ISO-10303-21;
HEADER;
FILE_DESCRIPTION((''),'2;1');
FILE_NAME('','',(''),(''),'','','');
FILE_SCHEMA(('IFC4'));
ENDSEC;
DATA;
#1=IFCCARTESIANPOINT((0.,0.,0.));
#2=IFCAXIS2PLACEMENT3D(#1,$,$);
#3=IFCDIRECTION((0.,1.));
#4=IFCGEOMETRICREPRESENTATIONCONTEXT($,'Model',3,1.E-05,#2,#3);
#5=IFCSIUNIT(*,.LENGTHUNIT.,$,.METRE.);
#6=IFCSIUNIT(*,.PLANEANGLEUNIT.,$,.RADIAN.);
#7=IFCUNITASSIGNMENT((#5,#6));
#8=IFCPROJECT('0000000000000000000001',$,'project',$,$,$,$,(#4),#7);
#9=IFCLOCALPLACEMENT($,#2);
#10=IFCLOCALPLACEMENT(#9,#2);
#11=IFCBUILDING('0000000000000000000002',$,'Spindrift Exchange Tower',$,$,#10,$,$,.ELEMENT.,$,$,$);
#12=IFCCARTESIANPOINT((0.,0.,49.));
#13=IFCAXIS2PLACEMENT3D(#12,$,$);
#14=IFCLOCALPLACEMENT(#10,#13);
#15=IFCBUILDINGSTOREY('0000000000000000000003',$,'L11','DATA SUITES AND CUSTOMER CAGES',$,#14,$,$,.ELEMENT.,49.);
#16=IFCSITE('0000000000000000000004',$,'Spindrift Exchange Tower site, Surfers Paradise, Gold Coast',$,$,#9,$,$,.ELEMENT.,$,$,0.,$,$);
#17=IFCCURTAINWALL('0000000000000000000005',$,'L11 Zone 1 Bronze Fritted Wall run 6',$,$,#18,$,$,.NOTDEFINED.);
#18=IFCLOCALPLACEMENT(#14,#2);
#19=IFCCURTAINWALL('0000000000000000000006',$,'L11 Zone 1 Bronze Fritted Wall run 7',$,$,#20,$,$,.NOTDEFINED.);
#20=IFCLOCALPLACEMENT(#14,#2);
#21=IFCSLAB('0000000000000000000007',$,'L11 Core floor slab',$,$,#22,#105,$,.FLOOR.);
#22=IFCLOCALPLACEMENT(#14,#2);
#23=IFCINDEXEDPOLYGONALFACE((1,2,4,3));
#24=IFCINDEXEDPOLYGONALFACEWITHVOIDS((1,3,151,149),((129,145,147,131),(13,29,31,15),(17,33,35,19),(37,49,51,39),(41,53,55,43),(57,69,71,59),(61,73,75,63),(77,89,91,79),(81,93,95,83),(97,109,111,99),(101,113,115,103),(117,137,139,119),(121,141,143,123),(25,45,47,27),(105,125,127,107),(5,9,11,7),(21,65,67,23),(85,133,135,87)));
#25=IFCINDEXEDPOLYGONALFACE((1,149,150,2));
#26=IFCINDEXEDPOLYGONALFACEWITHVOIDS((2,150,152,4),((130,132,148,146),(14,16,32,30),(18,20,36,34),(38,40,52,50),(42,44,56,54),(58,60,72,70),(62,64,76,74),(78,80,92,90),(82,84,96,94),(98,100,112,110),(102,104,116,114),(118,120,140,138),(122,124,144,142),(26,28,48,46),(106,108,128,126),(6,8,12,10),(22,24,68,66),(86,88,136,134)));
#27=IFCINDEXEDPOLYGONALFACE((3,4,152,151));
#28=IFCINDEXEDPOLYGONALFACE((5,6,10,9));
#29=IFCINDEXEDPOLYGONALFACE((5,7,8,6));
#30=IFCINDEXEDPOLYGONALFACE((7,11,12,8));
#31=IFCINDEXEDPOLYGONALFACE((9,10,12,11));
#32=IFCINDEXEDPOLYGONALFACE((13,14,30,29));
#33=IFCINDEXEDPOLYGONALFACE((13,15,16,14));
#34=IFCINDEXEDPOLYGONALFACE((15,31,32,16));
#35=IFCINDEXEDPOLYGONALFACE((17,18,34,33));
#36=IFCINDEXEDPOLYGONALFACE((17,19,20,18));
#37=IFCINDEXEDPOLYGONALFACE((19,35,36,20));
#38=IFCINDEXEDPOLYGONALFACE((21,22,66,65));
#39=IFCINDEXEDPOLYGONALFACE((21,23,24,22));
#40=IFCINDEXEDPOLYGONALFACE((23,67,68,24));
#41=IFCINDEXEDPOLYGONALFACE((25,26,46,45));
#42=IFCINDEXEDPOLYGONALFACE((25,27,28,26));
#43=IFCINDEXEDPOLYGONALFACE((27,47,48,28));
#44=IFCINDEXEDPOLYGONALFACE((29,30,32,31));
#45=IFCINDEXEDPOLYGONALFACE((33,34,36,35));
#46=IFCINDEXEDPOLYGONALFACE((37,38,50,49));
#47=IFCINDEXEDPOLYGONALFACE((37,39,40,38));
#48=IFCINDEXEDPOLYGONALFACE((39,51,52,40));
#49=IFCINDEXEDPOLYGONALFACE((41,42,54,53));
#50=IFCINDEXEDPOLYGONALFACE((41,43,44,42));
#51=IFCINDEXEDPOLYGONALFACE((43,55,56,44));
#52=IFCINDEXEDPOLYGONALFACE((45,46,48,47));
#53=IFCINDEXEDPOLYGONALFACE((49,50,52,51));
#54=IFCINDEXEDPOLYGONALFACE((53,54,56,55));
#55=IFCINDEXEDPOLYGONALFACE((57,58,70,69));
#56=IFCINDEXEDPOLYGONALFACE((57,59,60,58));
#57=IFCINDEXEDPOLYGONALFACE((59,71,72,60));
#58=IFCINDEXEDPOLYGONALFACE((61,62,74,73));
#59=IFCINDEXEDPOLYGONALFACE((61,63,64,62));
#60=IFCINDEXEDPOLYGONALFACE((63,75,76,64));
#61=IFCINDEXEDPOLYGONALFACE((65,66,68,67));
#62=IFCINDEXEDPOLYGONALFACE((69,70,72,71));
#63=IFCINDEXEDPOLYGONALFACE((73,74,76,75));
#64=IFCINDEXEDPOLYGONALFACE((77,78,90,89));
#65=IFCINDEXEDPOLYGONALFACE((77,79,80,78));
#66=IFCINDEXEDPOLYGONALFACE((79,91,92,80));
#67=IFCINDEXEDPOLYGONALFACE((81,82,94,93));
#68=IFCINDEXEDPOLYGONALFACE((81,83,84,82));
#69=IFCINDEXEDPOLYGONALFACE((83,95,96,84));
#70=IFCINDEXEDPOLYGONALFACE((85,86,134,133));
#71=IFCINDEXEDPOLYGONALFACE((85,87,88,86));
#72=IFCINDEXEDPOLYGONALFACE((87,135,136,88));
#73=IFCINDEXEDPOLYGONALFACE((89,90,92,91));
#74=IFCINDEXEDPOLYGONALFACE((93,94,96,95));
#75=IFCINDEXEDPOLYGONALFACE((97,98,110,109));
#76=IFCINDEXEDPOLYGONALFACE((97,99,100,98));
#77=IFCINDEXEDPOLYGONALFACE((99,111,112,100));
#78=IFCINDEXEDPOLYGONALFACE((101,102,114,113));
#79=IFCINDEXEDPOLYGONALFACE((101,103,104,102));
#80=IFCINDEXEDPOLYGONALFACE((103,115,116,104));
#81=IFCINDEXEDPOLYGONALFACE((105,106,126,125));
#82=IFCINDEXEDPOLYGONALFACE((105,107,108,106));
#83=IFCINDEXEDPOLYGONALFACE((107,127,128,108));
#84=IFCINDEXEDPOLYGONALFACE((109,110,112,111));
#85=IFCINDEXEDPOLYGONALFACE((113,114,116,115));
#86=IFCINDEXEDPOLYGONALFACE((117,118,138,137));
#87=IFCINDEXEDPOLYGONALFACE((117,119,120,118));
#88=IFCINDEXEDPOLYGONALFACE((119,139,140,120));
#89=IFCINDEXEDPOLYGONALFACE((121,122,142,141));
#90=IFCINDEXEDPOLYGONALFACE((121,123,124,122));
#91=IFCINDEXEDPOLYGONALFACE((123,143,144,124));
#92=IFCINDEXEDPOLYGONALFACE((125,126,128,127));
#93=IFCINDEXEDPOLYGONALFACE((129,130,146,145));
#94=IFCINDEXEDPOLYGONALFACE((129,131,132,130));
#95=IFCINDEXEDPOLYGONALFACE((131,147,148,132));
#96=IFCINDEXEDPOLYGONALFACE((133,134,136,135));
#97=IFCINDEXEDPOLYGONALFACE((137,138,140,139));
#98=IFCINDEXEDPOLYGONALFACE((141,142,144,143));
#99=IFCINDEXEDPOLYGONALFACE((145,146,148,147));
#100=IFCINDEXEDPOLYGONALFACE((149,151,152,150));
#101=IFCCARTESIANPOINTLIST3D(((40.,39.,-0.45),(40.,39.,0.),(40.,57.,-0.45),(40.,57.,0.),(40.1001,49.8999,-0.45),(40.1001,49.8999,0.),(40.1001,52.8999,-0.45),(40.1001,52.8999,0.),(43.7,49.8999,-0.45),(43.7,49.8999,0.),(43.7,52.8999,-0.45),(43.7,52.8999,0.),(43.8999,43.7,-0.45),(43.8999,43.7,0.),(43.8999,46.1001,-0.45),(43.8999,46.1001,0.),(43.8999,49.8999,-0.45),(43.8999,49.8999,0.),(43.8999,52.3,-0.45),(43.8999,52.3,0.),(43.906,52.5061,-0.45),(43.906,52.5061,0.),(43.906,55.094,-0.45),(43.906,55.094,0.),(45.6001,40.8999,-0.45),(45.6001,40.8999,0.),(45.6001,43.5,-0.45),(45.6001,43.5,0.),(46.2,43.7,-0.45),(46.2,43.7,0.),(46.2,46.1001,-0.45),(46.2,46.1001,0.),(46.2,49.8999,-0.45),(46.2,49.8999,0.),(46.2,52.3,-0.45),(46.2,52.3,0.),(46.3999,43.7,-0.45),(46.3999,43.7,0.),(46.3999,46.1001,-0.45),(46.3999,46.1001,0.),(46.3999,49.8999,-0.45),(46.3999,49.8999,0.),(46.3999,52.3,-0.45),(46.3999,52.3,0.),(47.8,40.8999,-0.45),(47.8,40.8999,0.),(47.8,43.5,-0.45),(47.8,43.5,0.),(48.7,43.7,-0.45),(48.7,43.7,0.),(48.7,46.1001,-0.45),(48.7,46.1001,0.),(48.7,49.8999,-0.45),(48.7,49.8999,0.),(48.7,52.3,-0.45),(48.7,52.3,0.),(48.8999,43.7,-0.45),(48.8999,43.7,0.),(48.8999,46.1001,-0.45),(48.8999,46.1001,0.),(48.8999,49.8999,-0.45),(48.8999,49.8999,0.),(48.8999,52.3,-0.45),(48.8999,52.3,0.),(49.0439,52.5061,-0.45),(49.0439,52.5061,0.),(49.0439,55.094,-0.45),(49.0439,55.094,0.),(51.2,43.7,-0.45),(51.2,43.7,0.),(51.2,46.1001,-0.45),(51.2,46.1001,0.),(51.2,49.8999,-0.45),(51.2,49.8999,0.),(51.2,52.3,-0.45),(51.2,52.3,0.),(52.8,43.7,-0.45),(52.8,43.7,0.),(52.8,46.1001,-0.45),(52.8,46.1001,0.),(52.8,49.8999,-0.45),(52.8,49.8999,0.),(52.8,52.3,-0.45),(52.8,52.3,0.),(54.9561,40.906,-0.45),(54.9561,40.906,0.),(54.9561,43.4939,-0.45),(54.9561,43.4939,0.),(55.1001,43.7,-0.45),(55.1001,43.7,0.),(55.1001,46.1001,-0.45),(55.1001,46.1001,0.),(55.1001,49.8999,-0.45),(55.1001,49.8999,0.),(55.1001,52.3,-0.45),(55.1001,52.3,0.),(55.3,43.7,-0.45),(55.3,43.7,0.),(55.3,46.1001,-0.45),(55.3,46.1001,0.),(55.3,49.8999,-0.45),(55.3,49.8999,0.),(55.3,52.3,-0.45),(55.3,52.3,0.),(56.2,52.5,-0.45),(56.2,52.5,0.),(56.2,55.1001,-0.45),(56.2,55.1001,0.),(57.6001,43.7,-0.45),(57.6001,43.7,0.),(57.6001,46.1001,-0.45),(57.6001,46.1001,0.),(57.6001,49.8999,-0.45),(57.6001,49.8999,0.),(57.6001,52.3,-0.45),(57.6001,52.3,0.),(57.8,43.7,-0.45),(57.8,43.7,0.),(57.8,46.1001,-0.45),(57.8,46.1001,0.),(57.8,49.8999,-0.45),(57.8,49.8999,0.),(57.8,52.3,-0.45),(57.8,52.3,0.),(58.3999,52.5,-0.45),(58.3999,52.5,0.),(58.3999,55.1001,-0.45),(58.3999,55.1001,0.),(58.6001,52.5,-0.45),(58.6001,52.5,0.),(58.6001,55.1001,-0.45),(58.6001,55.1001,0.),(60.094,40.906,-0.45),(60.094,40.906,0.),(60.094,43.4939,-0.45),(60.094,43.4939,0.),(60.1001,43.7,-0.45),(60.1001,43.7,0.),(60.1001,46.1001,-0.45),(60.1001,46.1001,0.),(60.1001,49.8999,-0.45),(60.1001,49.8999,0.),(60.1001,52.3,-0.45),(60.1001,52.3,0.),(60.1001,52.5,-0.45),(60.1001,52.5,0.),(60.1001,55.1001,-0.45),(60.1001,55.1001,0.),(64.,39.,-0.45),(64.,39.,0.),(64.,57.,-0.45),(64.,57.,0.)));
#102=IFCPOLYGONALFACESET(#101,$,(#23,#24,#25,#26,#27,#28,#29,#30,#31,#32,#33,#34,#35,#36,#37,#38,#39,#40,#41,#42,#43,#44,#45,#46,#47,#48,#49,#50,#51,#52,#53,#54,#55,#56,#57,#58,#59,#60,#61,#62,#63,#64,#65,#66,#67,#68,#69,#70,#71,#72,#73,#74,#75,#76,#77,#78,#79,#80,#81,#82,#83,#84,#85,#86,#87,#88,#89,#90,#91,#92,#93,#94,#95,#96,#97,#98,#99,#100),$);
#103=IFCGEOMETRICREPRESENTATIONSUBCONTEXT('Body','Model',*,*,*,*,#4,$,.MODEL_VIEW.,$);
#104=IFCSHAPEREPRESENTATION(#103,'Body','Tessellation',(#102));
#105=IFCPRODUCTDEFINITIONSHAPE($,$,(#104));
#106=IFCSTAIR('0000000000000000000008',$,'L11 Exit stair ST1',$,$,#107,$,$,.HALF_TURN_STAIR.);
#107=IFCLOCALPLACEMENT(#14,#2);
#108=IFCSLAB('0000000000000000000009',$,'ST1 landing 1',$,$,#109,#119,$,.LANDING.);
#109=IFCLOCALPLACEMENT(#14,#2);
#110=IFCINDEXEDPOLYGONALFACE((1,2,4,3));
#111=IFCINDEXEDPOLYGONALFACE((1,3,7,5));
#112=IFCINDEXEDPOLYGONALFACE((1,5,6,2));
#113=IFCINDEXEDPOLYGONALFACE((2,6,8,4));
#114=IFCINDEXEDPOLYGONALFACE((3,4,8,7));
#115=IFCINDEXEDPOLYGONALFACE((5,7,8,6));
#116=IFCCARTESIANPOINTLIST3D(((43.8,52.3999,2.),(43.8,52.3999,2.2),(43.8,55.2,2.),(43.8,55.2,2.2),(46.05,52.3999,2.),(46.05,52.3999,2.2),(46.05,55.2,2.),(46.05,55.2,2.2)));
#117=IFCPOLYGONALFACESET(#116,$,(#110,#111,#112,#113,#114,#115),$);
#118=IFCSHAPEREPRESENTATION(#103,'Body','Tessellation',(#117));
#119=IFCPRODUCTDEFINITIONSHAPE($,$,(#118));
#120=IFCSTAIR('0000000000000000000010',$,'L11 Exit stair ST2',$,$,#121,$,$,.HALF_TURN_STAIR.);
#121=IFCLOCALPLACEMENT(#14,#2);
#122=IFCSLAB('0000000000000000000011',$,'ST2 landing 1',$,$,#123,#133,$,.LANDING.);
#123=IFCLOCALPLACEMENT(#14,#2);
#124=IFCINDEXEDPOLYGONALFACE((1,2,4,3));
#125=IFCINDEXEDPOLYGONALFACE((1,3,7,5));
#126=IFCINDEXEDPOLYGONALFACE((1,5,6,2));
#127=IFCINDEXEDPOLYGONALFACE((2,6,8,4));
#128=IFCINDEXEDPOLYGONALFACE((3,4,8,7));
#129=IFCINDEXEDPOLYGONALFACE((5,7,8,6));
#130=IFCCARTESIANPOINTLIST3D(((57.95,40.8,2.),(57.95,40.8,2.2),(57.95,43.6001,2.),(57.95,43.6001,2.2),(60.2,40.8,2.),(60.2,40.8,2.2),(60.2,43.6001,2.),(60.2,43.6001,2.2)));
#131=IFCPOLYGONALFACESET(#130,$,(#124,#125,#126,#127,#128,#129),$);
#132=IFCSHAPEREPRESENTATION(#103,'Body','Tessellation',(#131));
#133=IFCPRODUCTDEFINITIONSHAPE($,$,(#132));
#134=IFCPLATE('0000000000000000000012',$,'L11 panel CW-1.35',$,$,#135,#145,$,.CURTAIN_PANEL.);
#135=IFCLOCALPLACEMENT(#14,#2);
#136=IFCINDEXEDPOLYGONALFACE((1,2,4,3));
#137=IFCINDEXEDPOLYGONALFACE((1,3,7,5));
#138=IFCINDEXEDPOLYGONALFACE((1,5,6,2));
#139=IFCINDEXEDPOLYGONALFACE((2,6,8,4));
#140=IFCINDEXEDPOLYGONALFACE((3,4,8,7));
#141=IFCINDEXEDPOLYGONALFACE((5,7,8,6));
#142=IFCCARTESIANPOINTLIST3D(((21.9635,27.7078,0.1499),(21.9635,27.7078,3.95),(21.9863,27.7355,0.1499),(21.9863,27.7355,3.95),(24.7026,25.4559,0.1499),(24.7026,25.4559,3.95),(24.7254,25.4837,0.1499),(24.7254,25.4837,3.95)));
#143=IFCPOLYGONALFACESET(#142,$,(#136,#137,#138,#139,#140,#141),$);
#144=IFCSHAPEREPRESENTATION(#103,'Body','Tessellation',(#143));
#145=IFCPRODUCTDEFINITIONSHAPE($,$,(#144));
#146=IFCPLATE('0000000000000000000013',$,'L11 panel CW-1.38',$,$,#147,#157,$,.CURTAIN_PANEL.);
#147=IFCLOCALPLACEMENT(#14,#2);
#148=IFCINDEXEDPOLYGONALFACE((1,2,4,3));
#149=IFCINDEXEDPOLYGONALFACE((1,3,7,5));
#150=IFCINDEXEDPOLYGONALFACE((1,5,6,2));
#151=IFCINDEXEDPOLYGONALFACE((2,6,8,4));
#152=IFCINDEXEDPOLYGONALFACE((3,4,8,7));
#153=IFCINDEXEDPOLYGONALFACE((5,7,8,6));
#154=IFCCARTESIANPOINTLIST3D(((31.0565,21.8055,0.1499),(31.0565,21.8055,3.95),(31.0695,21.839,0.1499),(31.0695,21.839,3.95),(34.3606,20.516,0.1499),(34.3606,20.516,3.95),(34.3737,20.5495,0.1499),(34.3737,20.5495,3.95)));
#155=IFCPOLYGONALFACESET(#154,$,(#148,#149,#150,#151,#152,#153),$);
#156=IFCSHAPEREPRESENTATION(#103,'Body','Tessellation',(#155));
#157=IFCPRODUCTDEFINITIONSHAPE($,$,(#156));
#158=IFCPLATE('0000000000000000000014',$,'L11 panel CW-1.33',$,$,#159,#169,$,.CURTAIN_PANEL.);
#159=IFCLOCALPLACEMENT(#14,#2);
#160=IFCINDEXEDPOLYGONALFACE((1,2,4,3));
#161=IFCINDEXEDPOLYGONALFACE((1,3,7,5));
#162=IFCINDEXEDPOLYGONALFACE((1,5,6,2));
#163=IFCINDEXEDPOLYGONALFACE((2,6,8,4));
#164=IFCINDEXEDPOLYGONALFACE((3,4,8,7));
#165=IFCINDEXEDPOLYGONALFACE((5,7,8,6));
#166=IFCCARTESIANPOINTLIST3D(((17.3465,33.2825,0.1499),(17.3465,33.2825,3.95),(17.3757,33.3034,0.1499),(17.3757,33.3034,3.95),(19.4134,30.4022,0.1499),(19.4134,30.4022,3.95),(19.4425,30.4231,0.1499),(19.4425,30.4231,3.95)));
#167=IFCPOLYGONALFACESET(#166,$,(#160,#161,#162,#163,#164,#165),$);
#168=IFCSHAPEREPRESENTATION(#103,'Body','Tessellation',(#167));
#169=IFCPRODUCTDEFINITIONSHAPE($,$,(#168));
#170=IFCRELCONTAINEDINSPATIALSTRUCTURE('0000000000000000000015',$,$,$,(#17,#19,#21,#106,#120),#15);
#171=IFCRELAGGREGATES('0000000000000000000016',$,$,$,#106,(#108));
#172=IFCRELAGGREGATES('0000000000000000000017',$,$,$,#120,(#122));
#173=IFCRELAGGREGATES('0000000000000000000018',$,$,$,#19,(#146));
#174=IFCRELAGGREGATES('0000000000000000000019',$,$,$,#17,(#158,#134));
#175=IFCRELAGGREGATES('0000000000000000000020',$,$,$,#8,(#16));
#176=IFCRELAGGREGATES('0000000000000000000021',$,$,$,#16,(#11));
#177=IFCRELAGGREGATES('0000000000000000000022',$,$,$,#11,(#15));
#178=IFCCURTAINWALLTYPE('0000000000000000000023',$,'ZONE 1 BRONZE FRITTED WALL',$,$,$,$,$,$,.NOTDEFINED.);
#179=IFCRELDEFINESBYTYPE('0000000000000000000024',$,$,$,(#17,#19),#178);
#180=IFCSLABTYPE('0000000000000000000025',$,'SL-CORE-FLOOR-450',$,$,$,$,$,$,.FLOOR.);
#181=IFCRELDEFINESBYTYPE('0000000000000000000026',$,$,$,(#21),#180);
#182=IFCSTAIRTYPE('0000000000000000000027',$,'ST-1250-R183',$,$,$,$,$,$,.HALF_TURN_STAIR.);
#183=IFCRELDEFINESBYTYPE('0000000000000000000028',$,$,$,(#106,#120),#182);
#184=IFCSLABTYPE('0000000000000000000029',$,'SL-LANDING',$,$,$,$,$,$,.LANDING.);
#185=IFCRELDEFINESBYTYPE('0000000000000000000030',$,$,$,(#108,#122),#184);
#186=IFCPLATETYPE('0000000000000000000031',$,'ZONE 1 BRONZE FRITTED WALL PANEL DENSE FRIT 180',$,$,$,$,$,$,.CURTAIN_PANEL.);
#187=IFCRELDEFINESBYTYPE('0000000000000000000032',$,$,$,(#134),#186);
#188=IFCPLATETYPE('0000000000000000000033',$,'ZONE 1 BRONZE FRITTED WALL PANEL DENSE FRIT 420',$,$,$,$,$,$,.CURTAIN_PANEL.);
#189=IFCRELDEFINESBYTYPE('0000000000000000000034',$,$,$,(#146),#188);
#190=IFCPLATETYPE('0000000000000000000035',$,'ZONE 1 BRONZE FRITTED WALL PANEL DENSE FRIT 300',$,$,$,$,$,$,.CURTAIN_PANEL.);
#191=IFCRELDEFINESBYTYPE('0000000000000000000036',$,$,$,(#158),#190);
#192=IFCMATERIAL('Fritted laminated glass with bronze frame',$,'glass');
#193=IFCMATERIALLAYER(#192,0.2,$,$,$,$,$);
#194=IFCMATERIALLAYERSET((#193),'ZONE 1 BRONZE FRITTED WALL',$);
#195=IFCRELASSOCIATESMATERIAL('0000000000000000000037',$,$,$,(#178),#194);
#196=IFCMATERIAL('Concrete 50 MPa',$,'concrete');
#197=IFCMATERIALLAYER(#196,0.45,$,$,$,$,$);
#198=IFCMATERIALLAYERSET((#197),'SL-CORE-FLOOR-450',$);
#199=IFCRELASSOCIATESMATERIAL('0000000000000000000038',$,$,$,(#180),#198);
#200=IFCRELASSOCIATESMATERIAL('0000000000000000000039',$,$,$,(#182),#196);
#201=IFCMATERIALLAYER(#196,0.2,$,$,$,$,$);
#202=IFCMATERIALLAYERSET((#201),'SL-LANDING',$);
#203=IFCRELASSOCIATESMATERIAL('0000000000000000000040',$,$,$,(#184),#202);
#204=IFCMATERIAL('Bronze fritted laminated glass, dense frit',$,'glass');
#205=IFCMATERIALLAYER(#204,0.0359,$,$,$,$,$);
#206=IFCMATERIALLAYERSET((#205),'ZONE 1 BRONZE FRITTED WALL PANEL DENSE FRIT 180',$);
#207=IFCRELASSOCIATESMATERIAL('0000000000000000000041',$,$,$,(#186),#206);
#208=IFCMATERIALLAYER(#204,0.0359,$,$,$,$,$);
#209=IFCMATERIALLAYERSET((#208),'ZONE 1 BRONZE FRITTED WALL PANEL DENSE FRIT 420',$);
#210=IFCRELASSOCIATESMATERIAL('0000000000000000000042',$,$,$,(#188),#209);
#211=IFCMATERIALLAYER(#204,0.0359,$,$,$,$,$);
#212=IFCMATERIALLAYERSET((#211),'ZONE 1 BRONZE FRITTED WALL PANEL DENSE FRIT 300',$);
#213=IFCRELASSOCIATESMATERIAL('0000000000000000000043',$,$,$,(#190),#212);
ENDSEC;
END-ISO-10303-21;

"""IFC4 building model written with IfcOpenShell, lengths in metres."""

from ifc_helpers import new_model, si_unit, direction, frame, origin, origin_2d, place, context, subcontext, project, spatial, line, indexed_curve, rectangle, outline, extrude, source, transform, mapped, material, layer, layer_set, type_object, element, aggregate, save


model = new_model("IFC4")

# Units and contexts
model_context = context("Model", 3, precision=1e-05, world=origin(), true_north=direction((0.0, 1.0)))
body_context = subcontext(model_context, "Body", "Model", "MODEL_VIEW")
ifc_project = project(units=[si_unit("LENGTHUNIT", "METRE"), si_unit("PLANEANGLEUNIT", "RADIAN")], contexts=[model_context])

# Site, building, storey
site_placement = place(None, origin())
site = spatial("IfcSite", under=ifc_project, at=site_placement, Name="Spindrift Exchange Tower site, Surfers Paradise, Gold Coast", CompositionType="ELEMENT", RefElevation=0.0)
building_placement = place(site_placement, origin())
building = spatial("IfcBuilding", under=site, at=building_placement, Name="Spindrift Exchange Tower", CompositionType="ELEMENT")
storey_placement = place(building_placement, frame((0.0, 0.0, 49.0)))
storey = spatial("IfcBuildingStorey", under=building, at=storey_placement, Name="L11", Description="DATA SUITES AND CUSTOMER CAGES", CompositionType="ELEMENT", Elevation=49.0)

# Curtain walls
ifc_material_1 = material(Name="Fritted laminated glass with bronze frame", Category="glass")
ifc_layer_1 = layer(ifc_material_1, 0.2)
ifc_layer_set_1 = layer_set([ifc_layer_1], Name="ZONE 1 BRONZE FRITTED WALL")
curtain_wall_type = type_object("IfcCurtainWallType", Name="ZONE 1 BRONZE FRITTED WALL", PredefinedType="NOTDEFINED", material=ifc_layer_set_1)
curtain_wall_1_placement = place(storey_placement, origin())
curtain_wall_1 = element("IfcCurtainWall", 1, at=curtain_wall_1_placement, inside=storey, type_object=curtain_wall_type, Name="L11 Zone 1 Bronze Fritted Wall run 6", PredefinedType="NOTDEFINED")
curtain_wall_2_placement = place(storey_placement, origin())
curtain_wall_2 = element("IfcCurtainWall", 2, at=curtain_wall_2_placement, inside=storey, type_object=curtain_wall_type, Name="L11 Zone 1 Bronze Fritted Wall run 7", PredefinedType="NOTDEFINED")

# Slab
ifc_material_2 = material(Name="Concrete 50 MPa", Category="concrete")
ifc_layer_2 = layer(ifc_material_2, 0.45)
ifc_layer_set_2 = layer_set([ifc_layer_2], Name="SL-CORE-FLOOR-450")
slab_type_1 = type_object("IfcSlabType", Name="SL-CORE-FLOOR-450", PredefinedType="FLOOR", material=ifc_layer_set_2)
slab_1_placement = place(storey_placement, frame((0.0, 0.0, -0.45)))
element("IfcSlab", 3, at=slab_1_placement, inside=storey, type_object=slab_type_1, Name="L11 Core floor slab", PredefinedType="FLOOR", context=body_context, shape_type="SweptSolid", body=[
    extrude(outline(indexed_curve([(40.0, 39.0), (40.0, 57.0), (64.0, 57.0), (64.0, 39.0)], segments=[line(1, 2, 3, 4, 1)], self_intersect=False), holes=[indexed_curve([(47.8, 43.5), (45.6001, 43.5), (45.6001, 40.8999), (47.8, 40.8999)], segments=[line(1, 2, 3, 4, 1)], self_intersect=False), indexed_curve([(46.2, 46.1001), (43.8999, 46.1001), (43.8999, 43.7), (46.2, 43.7)], segments=[line(1, 2, 3, 4, 1)], self_intersect=False), indexed_curve([(48.7, 46.1001), (46.3999, 46.1001), (46.3999, 43.7), (48.7, 43.7)], segments=[line(1, 2, 3, 4, 1)], self_intersect=False), indexed_curve([(51.2, 46.1001), (48.8999, 46.1001), (48.8999, 43.7), (51.2, 43.7)], segments=[line(1, 2, 3, 4, 1)], self_intersect=False), indexed_curve([(46.2, 52.3), (43.8999, 52.3), (43.8999, 49.8999), (46.2, 49.8999)], segments=[line(1, 2, 3, 4, 1)], self_intersect=False), indexed_curve([(48.7, 52.3), (46.3999, 52.3), (46.3999, 49.8999), (48.7, 49.8999)], segments=[line(1, 2, 3, 4, 1)], self_intersect=False), indexed_curve([(51.2, 52.3), (48.8999, 52.3), (48.8999, 49.8999), (51.2, 49.8999)], segments=[line(1, 2, 3, 4, 1)], self_intersect=False), indexed_curve([(43.7, 49.8999), (43.7, 52.8999), (40.1001, 52.8999), (40.1001, 49.8999)], segments=[line(1, 2, 3, 4, 1)], self_intersect=False), indexed_curve([(49.0439, 55.094), (43.906, 55.094), (43.906, 52.5061), (49.0439, 52.5061)], segments=[line(1, 2, 3, 4, 1)], self_intersect=False), indexed_curve([(60.094, 40.906), (60.094, 43.4939), (54.9561, 43.4939), (54.9561, 40.906)], segments=[line(1, 2, 3, 4, 1)], self_intersect=False), indexed_curve([(55.1001, 46.1001), (52.8, 46.1001), (52.8, 43.7), (55.1001, 43.7)], segments=[line(1, 2, 3, 4, 1)], self_intersect=False), indexed_curve([(57.6001, 46.1001), (55.3, 46.1001), (55.3, 43.7), (57.6001, 43.7)], segments=[line(1, 2, 3, 4, 1)], self_intersect=False), indexed_curve([(60.1001, 46.1001), (57.8, 46.1001), (57.8, 43.7), (60.1001, 43.7)], segments=[line(1, 2, 3, 4, 1)], self_intersect=False), indexed_curve([(55.1001, 52.3), (52.8, 52.3), (52.8, 49.8999), (55.1001, 49.8999)], segments=[line(1, 2, 3, 4, 1)], self_intersect=False), indexed_curve([(57.6001, 52.3), (55.3, 52.3), (55.3, 49.8999), (57.6001, 49.8999)], segments=[line(1, 2, 3, 4, 1)], self_intersect=False), indexed_curve([(60.1001, 52.3), (57.8, 52.3), (57.8, 49.8999), (60.1001, 49.8999)], segments=[line(1, 2, 3, 4, 1)], self_intersect=False), indexed_curve([(58.3999, 52.5), (58.3999, 55.1001), (56.2, 55.1001), (56.2, 52.5)], segments=[line(1, 2, 3, 4, 1)], self_intersect=False), indexed_curve([(60.1001, 52.5), (60.1001, 55.1001), (58.6001, 55.1001), (58.6001, 52.5)], segments=[line(1, 2, 3, 4, 1)], self_intersect=False)]), origin(), (0.0, 0.0, 1.0), 0.45),
])

# Stairs, slabs
stair_type = type_object("IfcStairType", Name="ST-1250-R183", PredefinedType="HALF_TURN_STAIR", material=ifc_material_2)
stair_1_placement = place(storey_placement, origin())
stair_1 = element("IfcStair", 4, at=stair_1_placement, inside=storey, type_object=stair_type, Name="L11 Exit stair ST1", PredefinedType="HALF_TURN_STAIR")
ifc_layer_3 = layer(ifc_material_2, 0.2)
ifc_layer_set_3 = layer_set([ifc_layer_3], Name="SL-LANDING")
slab_type_2 = type_object("IfcSlabType", Name="SL-LANDING", PredefinedType="LANDING", material=ifc_layer_set_3)
slab_2_placement = place(storey_placement, frame((0.0, 0.0, 2.0)))
slab_2 = element("IfcSlab", 5, at=slab_2_placement, type_object=slab_type_2, Name="ST1 landing 1", PredefinedType="LANDING", context=body_context, shape_type="SweptSolid", body=[
    extrude(outline(indexed_curve([(46.05, 52.3999), (43.8, 52.3999), (43.8, 55.2), (46.05, 55.2)], segments=[line(1, 2, 3, 4, 1)], self_intersect=False)), origin(), (0.0, 0.0, 1.0), 0.2),
])
aggregate(stair_1, [slab_2])
stair_2_placement = place(storey_placement, origin())
stair_2 = element("IfcStair", 6, at=stair_2_placement, inside=storey, type_object=stair_type, Name="L11 Exit stair ST2", PredefinedType="HALF_TURN_STAIR")
slab_3_placement = place(storey_placement, frame((0.0, 0.0, 2.0)))
slab_3 = element("IfcSlab", 7, at=slab_3_placement, type_object=slab_type_2, Name="ST2 landing 1", PredefinedType="LANDING", context=body_context, shape_type="SweptSolid", body=[
    extrude(outline(indexed_curve([(57.95, 43.6001), (60.2, 43.6001), (60.2, 40.8), (57.95, 40.8)], segments=[line(1, 2, 3, 4, 1)], self_intersect=False)), origin(), (0.0, 0.0, 1.0), 0.2),
])
aggregate(stair_2, [slab_3])

# Plates
ifc_material_3 = material(Name="Bronze fritted laminated glass, dense frit", Category="glass")
ifc_layer_4 = layer(ifc_material_3, 0.0359)
ifc_layer_set_4 = layer_set([ifc_layer_4], Name="ZONE 1 BRONZE FRITTED WALL PANEL DENSE FRIT 180")
plate_type_1 = type_object("IfcPlateType", Name="ZONE 1 BRONZE FRITTED WALL PANEL DENSE FRIT 180", PredefinedType="CURTAIN_PANEL", material=ifc_layer_set_4)
shared_shape_1 = source(origin(), body_context, "Body", "SweptSolid", [
    extrude(rectangle(XDim=3.5459, YDim=0.0359, at=origin_2d()), origin(), (0.0, 0.0, 1.0), 3.8),
])
plate_1_placement = place(storey_placement, frame((23.3445, 26.5957, 0.1499), z_axis=(0.0, 0.0, 1.0), x_axis=(0.772472, -0.635049, 0.0)))
plate_1 = element("IfcPlate", 8, at=plate_1_placement, type_object=plate_type_1, Name="L11 panel CW-1.35", PredefinedType="CURTAIN_PANEL", context=body_context, shape_type="MappedRepresentation", body=[
    mapped(shared_shape_1, transform((0.0, 0.0, 0.0), scale=1.0)),
])
ifc_layer_5 = layer(ifc_material_3, 0.0359)
ifc_layer_set_5 = layer_set([ifc_layer_5], Name="ZONE 1 BRONZE FRITTED WALL PANEL DENSE FRIT 420")
plate_type_2 = type_object("IfcPlateType", Name="ZONE 1 BRONZE FRITTED WALL PANEL DENSE FRIT 420", PredefinedType="CURTAIN_PANEL", material=ifc_layer_set_5)
shared_shape_2 = source(origin(), body_context, "Body", "SweptSolid", [
    extrude(rectangle(XDim=3.5469, YDim=0.0359, at=origin_2d()), origin(), (0.0, 0.0, 1.0), 3.8),
])
plate_2_placement = place(storey_placement, frame((32.7151, 21.1775, 0.1499), z_axis=(0.0, 0.0, 1.0), x_axis=(0.93157, -0.363562, 0.0)))
plate_2 = element("IfcPlate", 9, at=plate_2_placement, type_object=plate_type_2, Name="L11 panel CW-1.38", PredefinedType="CURTAIN_PANEL", context=body_context, shape_type="MappedRepresentation", body=[
    mapped(shared_shape_2, transform((0.0, 0.0, 0.0), scale=1.0)),
])
ifc_layer_6 = layer(ifc_material_3, 0.0359)
ifc_layer_set_6 = layer_set([ifc_layer_6], Name="ZONE 1 BRONZE FRITTED WALL PANEL DENSE FRIT 300")
plate_type_3 = type_object("IfcPlateType", Name="ZONE 1 BRONZE FRITTED WALL PANEL DENSE FRIT 300", PredefinedType="CURTAIN_PANEL", material=ifc_layer_set_6)
shared_shape_3 = source(origin(), body_context, "Body", "SweptSolid", [
    extrude(rectangle(XDim=3.5452, YDim=0.0359, at=origin_2d()), origin(), (0.0, 0.0, 1.0), 3.8),
])
plate_3_placement = place(storey_placement, frame((18.3945, 31.8528, 0.1499), z_axis=(0.0, 0.0, 1.0), x_axis=(0.583011, -0.812464, 0.0)))
plate_3 = element("IfcPlate", 10, at=plate_3_placement, type_object=plate_type_3, Name="L11 panel CW-1.33", PredefinedType="CURTAIN_PANEL", context=body_context, shape_type="MappedRepresentation", body=[
    mapped(shared_shape_3, transform((0.0, 0.0, 0.0), scale=1.0)),
])
aggregate(curtain_wall_2, [plate_2])
aggregate(curtain_wall_1, [plate_3, plate_1])

save(model, "model.ifc")
